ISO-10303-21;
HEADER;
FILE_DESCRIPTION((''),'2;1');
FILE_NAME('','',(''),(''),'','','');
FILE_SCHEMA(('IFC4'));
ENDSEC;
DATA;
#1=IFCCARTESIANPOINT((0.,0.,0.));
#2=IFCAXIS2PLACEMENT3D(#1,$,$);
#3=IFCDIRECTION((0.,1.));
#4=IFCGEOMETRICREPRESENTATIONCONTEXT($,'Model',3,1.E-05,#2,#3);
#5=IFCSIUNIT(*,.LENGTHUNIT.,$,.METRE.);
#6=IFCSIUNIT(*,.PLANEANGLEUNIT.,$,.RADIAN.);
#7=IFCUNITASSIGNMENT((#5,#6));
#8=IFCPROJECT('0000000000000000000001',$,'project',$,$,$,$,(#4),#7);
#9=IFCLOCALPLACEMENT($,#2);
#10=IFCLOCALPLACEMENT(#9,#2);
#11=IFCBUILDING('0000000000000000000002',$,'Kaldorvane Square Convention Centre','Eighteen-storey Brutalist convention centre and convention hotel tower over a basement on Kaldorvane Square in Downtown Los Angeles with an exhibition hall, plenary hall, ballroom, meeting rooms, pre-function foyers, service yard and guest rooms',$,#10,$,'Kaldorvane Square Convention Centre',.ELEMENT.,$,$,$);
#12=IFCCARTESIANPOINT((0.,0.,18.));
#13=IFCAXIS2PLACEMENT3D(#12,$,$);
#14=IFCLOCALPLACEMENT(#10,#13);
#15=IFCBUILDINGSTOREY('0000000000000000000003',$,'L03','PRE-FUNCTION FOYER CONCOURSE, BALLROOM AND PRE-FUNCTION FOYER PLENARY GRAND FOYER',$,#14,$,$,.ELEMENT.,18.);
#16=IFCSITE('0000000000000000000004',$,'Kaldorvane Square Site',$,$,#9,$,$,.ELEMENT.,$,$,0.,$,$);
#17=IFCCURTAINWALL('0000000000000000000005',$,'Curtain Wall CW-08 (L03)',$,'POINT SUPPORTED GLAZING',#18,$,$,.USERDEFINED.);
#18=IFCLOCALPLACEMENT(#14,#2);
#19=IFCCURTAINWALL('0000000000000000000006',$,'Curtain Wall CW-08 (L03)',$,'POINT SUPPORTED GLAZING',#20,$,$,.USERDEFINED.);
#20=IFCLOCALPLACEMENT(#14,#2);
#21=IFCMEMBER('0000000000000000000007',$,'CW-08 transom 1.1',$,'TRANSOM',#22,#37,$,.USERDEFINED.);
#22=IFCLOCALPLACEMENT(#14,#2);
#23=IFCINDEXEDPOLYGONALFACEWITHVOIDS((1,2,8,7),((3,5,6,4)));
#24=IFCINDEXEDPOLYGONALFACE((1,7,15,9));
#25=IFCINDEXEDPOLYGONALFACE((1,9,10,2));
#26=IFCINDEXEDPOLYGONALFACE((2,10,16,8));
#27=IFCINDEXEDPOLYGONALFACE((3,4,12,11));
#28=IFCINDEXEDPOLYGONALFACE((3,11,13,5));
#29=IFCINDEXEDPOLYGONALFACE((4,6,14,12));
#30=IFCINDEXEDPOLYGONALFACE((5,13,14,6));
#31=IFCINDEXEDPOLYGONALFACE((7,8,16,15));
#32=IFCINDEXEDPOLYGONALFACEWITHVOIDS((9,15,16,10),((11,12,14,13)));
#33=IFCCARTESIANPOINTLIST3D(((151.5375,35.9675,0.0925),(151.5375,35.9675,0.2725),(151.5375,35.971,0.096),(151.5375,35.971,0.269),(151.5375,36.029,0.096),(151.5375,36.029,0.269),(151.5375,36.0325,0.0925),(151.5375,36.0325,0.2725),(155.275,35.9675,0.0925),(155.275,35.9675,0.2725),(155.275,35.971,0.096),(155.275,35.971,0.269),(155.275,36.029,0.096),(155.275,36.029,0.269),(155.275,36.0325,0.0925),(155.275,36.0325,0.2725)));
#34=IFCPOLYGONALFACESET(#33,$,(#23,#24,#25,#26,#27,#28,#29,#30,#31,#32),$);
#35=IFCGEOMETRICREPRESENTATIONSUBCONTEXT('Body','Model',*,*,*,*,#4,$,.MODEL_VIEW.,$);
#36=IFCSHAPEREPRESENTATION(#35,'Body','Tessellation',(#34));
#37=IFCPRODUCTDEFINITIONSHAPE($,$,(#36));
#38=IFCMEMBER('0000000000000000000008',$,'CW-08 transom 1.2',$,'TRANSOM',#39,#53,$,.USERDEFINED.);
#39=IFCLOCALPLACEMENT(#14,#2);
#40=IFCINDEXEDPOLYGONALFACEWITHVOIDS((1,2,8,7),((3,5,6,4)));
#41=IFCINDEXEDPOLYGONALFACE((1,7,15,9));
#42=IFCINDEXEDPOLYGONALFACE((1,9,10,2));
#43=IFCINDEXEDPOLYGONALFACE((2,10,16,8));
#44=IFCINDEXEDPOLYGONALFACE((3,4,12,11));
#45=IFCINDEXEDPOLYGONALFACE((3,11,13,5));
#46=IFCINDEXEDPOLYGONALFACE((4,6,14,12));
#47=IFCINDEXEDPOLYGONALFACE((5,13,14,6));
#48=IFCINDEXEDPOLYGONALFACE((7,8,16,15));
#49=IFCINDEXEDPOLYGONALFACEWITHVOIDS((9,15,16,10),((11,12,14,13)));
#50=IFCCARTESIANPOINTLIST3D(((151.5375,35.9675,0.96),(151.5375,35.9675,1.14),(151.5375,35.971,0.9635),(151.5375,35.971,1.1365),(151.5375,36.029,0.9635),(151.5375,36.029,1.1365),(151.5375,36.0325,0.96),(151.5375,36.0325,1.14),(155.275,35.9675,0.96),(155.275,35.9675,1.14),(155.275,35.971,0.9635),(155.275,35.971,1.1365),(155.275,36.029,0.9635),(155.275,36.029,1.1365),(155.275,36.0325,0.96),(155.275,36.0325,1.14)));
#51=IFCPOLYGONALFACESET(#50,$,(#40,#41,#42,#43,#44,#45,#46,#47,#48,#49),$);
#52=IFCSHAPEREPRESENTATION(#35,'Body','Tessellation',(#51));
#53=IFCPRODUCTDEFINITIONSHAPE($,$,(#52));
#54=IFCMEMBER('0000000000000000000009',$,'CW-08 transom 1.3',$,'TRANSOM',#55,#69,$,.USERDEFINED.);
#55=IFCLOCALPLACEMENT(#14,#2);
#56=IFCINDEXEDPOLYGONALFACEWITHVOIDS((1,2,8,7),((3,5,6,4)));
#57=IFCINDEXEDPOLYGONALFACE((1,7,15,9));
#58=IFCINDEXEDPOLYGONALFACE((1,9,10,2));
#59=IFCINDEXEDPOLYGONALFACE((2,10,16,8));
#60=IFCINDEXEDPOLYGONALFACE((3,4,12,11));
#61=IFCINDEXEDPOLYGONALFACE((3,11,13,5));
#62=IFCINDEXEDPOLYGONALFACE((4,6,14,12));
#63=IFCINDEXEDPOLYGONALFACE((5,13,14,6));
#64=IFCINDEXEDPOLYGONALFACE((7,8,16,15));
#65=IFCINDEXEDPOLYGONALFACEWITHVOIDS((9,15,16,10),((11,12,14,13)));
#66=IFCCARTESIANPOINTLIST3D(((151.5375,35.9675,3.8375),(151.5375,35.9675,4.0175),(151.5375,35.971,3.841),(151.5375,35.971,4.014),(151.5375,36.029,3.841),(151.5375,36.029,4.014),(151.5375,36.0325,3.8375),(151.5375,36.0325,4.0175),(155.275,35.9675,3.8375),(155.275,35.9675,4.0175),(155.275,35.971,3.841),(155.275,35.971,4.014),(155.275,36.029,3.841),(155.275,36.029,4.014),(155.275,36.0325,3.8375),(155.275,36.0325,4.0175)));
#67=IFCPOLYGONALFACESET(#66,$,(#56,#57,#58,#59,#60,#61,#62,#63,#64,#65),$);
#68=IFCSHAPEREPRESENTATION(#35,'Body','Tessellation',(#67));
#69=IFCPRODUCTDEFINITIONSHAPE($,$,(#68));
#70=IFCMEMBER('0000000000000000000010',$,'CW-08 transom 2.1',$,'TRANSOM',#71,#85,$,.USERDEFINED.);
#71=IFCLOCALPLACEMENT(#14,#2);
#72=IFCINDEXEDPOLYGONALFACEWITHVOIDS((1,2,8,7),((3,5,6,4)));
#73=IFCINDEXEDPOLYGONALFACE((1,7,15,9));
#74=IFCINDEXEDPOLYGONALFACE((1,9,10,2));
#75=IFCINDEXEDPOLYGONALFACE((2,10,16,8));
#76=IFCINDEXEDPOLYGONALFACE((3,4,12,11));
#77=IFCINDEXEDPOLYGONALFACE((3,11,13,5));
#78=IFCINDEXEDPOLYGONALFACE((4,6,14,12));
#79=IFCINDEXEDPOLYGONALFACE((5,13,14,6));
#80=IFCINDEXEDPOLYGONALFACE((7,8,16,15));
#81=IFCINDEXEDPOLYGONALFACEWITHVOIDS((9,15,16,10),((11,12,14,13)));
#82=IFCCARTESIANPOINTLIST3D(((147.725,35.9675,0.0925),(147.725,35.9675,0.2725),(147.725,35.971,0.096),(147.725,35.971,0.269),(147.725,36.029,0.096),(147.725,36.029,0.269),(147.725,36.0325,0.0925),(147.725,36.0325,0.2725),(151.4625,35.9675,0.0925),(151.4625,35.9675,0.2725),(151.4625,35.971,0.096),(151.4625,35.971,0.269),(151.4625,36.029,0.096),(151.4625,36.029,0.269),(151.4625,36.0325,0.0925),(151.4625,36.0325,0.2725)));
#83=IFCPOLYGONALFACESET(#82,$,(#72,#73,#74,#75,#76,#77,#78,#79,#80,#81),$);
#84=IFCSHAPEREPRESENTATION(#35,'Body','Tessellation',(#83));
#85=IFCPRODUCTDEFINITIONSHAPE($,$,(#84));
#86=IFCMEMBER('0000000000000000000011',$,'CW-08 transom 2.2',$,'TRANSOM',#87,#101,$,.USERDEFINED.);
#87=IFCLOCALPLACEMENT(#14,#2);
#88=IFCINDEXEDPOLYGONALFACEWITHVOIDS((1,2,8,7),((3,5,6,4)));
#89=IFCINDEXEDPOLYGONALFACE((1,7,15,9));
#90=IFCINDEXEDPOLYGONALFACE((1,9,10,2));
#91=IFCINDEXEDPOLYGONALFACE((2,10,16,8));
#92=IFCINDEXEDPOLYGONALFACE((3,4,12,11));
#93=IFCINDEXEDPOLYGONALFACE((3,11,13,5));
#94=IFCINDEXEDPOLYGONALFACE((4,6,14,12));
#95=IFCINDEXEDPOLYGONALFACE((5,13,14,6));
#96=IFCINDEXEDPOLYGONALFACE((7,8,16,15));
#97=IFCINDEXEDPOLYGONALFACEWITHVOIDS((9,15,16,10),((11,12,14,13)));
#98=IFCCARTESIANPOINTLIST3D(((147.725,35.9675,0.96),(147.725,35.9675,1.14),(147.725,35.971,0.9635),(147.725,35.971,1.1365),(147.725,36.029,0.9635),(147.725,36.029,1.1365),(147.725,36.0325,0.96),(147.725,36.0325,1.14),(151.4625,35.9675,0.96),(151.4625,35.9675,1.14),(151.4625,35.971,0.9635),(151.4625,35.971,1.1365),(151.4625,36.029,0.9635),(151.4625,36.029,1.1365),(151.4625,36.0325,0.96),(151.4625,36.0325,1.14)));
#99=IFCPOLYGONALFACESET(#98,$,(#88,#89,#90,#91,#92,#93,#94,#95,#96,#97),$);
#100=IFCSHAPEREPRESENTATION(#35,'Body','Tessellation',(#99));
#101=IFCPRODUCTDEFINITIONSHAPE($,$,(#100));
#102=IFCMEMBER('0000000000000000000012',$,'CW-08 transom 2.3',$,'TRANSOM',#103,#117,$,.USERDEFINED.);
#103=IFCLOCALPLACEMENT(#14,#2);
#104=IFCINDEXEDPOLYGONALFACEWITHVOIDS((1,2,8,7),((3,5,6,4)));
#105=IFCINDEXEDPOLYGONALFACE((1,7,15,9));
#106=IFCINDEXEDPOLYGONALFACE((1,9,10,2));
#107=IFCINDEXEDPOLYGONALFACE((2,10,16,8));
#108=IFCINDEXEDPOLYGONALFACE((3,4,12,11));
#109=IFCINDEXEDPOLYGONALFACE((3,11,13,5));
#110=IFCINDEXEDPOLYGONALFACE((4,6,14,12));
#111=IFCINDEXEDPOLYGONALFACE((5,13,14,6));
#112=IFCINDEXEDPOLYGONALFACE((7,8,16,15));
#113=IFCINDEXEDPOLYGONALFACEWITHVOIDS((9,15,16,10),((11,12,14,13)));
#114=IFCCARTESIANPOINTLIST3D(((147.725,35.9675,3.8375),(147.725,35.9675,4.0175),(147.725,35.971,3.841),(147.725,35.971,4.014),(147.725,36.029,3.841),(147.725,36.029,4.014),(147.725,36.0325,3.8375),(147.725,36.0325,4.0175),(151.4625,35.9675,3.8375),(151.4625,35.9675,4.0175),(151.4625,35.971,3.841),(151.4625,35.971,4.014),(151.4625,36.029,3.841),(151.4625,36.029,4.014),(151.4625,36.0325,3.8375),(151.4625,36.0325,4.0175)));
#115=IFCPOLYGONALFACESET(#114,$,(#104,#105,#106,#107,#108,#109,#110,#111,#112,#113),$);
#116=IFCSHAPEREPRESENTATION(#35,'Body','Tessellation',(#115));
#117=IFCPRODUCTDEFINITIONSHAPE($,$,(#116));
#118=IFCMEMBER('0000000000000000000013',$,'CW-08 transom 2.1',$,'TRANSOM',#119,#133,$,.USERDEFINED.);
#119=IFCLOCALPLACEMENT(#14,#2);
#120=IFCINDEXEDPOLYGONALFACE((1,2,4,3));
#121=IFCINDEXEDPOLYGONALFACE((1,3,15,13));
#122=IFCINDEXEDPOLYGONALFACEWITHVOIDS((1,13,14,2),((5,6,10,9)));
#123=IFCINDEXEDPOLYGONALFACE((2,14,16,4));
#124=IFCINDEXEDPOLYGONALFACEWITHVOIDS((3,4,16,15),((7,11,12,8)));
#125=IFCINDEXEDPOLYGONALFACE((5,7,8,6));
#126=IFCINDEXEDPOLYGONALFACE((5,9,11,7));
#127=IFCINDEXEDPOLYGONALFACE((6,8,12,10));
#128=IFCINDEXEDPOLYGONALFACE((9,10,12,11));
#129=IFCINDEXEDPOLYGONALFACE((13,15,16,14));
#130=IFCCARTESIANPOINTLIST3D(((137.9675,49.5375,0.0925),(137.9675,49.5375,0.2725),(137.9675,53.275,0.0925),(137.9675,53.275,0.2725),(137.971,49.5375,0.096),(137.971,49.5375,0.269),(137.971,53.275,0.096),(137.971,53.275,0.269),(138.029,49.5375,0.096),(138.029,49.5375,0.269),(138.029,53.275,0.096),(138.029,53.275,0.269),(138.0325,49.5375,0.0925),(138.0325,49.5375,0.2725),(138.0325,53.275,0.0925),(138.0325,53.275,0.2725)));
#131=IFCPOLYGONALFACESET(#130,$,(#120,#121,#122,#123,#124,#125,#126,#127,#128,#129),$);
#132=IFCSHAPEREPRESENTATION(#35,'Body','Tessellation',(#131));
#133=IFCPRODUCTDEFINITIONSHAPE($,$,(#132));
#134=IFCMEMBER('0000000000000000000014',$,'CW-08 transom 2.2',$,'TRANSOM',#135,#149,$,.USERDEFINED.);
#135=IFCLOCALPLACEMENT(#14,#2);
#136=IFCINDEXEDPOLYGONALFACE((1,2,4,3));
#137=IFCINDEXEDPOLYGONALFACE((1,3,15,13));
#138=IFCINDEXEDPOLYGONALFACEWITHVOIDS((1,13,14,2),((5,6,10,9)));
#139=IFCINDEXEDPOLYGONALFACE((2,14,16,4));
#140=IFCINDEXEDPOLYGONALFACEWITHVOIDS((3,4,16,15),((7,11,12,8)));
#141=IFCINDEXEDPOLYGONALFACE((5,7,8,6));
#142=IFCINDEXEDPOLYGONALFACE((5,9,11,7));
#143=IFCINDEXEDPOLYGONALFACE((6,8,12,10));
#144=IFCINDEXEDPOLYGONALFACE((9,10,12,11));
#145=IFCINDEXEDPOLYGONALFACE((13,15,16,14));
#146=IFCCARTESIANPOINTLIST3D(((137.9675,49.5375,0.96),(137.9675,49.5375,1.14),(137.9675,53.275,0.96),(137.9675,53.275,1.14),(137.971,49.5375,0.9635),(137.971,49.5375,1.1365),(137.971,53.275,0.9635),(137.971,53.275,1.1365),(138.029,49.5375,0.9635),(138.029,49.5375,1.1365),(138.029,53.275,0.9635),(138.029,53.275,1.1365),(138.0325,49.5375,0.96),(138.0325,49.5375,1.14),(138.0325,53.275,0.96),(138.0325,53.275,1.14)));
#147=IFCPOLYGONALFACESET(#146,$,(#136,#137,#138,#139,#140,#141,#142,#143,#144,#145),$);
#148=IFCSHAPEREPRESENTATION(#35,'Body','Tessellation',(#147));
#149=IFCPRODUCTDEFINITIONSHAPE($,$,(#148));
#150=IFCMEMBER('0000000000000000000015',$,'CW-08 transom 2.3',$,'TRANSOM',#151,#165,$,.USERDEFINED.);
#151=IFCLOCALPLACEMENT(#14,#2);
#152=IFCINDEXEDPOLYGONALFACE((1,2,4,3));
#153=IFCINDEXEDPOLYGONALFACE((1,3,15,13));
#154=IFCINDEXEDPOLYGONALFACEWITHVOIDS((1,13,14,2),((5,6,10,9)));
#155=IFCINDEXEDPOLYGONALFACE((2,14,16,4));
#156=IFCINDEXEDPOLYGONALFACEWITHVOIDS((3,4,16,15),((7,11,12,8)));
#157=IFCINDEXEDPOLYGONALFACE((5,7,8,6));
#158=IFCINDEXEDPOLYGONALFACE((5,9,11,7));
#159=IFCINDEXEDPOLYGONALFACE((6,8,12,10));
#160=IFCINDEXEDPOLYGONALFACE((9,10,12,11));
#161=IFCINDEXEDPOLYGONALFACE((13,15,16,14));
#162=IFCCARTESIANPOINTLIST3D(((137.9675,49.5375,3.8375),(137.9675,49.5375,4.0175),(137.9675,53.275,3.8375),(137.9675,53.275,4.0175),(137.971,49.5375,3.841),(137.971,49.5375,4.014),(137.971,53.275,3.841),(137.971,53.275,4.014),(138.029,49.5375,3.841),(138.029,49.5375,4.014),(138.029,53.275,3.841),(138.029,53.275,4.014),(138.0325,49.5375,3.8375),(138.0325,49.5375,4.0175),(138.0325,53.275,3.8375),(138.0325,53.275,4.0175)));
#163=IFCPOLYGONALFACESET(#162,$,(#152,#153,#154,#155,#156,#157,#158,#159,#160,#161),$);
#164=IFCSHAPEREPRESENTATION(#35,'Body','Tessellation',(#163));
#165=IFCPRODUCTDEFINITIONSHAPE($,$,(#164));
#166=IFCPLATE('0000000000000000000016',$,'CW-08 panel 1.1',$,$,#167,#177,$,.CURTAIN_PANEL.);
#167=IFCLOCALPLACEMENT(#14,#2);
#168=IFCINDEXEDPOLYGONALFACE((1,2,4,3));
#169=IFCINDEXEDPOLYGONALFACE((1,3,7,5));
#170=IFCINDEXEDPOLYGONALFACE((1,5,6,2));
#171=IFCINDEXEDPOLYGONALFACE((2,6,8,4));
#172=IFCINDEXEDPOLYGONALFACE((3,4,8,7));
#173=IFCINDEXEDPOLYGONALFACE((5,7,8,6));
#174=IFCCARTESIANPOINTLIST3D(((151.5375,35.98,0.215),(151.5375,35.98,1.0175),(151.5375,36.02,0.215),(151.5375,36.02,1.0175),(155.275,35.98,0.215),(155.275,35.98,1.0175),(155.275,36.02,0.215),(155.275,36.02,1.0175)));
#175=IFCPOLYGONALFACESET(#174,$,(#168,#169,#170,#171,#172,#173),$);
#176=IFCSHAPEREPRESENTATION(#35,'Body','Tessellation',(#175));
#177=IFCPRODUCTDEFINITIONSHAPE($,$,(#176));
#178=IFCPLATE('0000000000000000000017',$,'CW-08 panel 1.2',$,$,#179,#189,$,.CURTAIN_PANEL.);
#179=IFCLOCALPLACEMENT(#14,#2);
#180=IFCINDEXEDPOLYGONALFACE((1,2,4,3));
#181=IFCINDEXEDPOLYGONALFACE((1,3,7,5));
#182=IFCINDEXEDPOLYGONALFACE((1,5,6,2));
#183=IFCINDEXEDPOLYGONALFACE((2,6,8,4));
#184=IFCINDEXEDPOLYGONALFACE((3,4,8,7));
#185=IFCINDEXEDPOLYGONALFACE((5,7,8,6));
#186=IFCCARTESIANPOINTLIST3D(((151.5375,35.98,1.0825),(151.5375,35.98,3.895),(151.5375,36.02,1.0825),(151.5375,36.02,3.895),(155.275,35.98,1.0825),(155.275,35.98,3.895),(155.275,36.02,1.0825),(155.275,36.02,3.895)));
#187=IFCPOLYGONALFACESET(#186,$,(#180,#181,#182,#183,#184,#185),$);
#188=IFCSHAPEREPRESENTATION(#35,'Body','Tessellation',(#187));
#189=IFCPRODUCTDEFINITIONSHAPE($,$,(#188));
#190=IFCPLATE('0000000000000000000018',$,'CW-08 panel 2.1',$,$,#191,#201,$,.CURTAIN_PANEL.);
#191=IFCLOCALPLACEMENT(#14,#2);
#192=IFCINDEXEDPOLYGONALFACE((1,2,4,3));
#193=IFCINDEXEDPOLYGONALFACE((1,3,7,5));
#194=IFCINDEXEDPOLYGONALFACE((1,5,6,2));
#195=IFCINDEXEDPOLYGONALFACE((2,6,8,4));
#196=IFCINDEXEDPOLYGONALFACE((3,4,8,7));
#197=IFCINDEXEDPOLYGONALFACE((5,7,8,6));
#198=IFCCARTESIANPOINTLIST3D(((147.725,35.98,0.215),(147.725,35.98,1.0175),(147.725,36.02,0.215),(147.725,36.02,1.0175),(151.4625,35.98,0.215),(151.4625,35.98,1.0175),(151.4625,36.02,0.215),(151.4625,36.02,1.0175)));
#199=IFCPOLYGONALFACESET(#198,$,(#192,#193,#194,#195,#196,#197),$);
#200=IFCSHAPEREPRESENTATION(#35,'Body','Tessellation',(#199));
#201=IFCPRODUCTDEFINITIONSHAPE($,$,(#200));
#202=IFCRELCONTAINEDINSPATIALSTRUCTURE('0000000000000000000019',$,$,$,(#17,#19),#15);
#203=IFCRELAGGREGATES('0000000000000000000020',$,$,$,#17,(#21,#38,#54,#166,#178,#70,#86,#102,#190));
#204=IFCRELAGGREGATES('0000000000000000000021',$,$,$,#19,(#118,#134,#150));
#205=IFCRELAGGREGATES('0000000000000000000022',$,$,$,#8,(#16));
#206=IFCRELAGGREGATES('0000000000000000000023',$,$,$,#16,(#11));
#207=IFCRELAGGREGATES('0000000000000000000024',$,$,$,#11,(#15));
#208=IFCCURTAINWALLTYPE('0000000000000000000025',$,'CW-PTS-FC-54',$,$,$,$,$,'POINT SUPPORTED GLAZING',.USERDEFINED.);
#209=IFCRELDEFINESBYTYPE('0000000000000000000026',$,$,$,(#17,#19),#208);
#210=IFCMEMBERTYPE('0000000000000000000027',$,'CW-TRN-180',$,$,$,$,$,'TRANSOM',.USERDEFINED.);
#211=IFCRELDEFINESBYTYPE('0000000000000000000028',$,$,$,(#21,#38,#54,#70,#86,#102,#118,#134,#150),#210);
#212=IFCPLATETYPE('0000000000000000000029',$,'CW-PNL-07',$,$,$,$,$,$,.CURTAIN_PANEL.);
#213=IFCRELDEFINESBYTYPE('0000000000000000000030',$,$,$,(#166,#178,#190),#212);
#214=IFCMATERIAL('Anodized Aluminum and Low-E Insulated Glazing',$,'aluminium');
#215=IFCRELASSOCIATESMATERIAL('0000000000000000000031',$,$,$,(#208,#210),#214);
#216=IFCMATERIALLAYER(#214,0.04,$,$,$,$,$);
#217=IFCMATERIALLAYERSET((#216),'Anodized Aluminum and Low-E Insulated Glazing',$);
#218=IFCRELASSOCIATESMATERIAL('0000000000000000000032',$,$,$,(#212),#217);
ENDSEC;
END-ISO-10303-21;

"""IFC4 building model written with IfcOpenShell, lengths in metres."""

from ifc_helpers import new_model, si_unit, direction, frame, origin, origin_2d, place, context, subcontext, project, spatial, rectangle, hollow_rectangle, extrude, material, layer, layer_set, material_profile, profile_set, type_object, element, aggregate, save


model = new_model("IFC4")

# Units and contexts
model_context = context("Model", 3, precision=1e-05, world=origin(), true_north=direction((0.0, 1.0)))
body_context = subcontext(model_context, "Body", "Model", "MODEL_VIEW")
ifc_project = project(units=[si_unit("LENGTHUNIT", "METRE"), si_unit("PLANEANGLEUNIT", "RADIAN")], contexts=[model_context])

# Site, building, storey
site_placement = place(None, origin())
site = spatial("IfcSite", under=ifc_project, at=site_placement, Name="Kaldorvane Square Site", CompositionType="ELEMENT", RefElevation=0.0)
building_placement = place(site_placement, origin())
building = spatial("IfcBuilding", under=site, at=building_placement, Name="Kaldorvane Square Convention Centre", Description="Eighteen-storey Brutalist convention centre and convention hotel tower over a basement on Kaldorvane Square in Downtown Los Angeles with an exhibition hall, plenary hall, ballroom, meeting rooms, pre-function foyers, service yard and guest rooms", LongName="Kaldorvane Square Convention Centre", CompositionType="ELEMENT")
storey_placement = place(building_placement, frame((0.0, 0.0, 18.0)))
storey = spatial("IfcBuildingStorey", under=building, at=storey_placement, Name="L03", Description="PRE-FUNCTION FOYER CONCOURSE, BALLROOM AND PRE-FUNCTION FOYER PLENARY GRAND FOYER", CompositionType="ELEMENT", Elevation=18.0)

# Curtain wall
ifc_material_1 = material(Name="Anodized Aluminum and Low-E Insulated Glazing", Category="aluminium")
curtain_wall_type = type_object("IfcCurtainWallType", Name="CW-PTS-FC-54", ElementType="POINT SUPPORTED GLAZING", PredefinedType="USERDEFINED", material=ifc_material_1)
curtain_wall_1_placement = place(storey_placement, origin())
curtain_wall_1 = element("IfcCurtainWall", 1, at=curtain_wall_1_placement, inside=storey, type_object=curtain_wall_type, Name="Curtain Wall CW-08 (L03)", ObjectType="POINT SUPPORTED GLAZING", PredefinedType="USERDEFINED")

# Curtain wall
curtain_wall_2_placement = place(storey_placement, origin())
curtain_wall_2 = element("IfcCurtainWall", 2, at=curtain_wall_2_placement, inside=storey, type_object=curtain_wall_type, Name="Curtain Wall CW-08 (L03)", ObjectType="POINT SUPPORTED GLAZING", PredefinedType="USERDEFINED")

# Members
ifc_material_profile_1 = material_profile(ifc_material_1, hollow_rectangle(XDim=0.065, YDim=0.18, WallThickness=0.0035, at=origin_2d()), Name="CWT-180X65")
ifc_profile_set_1 = profile_set([ifc_material_profile_1], Name="Anodized Aluminum and Low-E Insulated Glazing")
member_type_1 = type_object("IfcMemberType", Name="CW-TRN-180", ElementType="TRANSOM", PredefinedType="USERDEFINED", material=ifc_profile_set_1)
member_1_placement = place(storey_placement, frame((155.275, 36.0, 0.1825), z_axis=(-1.0, 0.0, 0.0), x_axis=(0.0, -1.0, 0.0)))
member_1 = element("IfcMember", 3, at=member_1_placement, type_object=member_type_1, Name="CW-08 transom 1.1", ObjectType="TRANSOM", PredefinedType="USERDEFINED", context=body_context, shape_type="SweptSolid", body=[
    extrude(hollow_rectangle(XDim=0.065, YDim=0.18, WallThickness=0.0035, at=origin_2d()), origin(), (0.0, 0.0, 1.0), 3.7375),
])
member_2_placement = place(storey_placement, frame((155.275, 36.0, 1.05), z_axis=(-1.0, 0.0, 0.0), x_axis=(0.0, -1.0, 0.0)))
member_2 = element("IfcMember", 4, at=member_2_placement, type_object=member_type_1, Name="CW-08 transom 1.2", ObjectType="TRANSOM", PredefinedType="USERDEFINED", context=body_context, shape_type="SweptSolid", body=[
    extrude(hollow_rectangle(XDim=0.065, YDim=0.18, WallThickness=0.0035, at=origin_2d()), origin(), (0.0, 0.0, 1.0), 3.7375),
])
member_3_placement = place(storey_placement, frame((155.275, 36.0, 3.9275), z_axis=(-1.0, 0.0, 0.0), x_axis=(0.0, -1.0, 0.0)))
member_3 = element("IfcMember", 5, at=member_3_placement, type_object=member_type_1, Name="CW-08 transom 1.3", ObjectType="TRANSOM", PredefinedType="USERDEFINED", context=body_context, shape_type="SweptSolid", body=[
    extrude(hollow_rectangle(XDim=0.065, YDim=0.18, WallThickness=0.0035, at=origin_2d()), origin(), (0.0, 0.0, 1.0), 3.7375),
])
member_4_placement = place(storey_placement, frame((151.4625, 36.0, 0.1825), z_axis=(-1.0, 0.0, 0.0), x_axis=(0.0, -1.0, 0.0)))
member_4 = element("IfcMember", 6, at=member_4_placement, type_object=member_type_1, Name="CW-08 transom 2.1", ObjectType="TRANSOM", PredefinedType="USERDEFINED", context=body_context, shape_type="SweptSolid", body=[
    extrude(hollow_rectangle(XDim=0.065, YDim=0.18, WallThickness=0.0035, at=origin_2d()), origin(), (0.0, 0.0, 1.0), 3.7375),
])
member_5_placement = place(storey_placement, frame((151.4625, 36.0, 1.05), z_axis=(-1.0, 0.0, 0.0), x_axis=(0.0, -1.0, 0.0)))
member_5 = element("IfcMember", 7, at=member_5_placement, type_object=member_type_1, Name="CW-08 transom 2.2", ObjectType="TRANSOM", PredefinedType="USERDEFINED", context=body_context, shape_type="SweptSolid", body=[
    extrude(hollow_rectangle(XDim=0.065, YDim=0.18, WallThickness=0.0035, at=origin_2d()), origin(), (0.0, 0.0, 1.0), 3.7375),
])
member_6_placement = place(storey_placement, frame((151.4625, 36.0, 3.9275), z_axis=(-1.0, 0.0, 0.0), x_axis=(0.0, -1.0, 0.0)))
member_6 = element("IfcMember", 8, at=member_6_placement, type_object=member_type_1, Name="CW-08 transom 2.3", ObjectType="TRANSOM", PredefinedType="USERDEFINED", context=body_context, shape_type="SweptSolid", body=[
    extrude(hollow_rectangle(XDim=0.065, YDim=0.18, WallThickness=0.0035, at=origin_2d()), origin(), (0.0, 0.0, 1.0), 3.7375),
])
member_7_placement = place(storey_placement, frame((138.0, 49.5375, 0.1825), z_axis=(0.0, 1.0, 0.0), x_axis=(-1.0, 0.0, 0.0)))
member_7 = element("IfcMember", 9, at=member_7_placement, type_object=member_type_1, Name="CW-08 transom 2.1", ObjectType="TRANSOM", PredefinedType="USERDEFINED", context=body_context, shape_type="SweptSolid", body=[
    extrude(hollow_rectangle(XDim=0.065, YDim=0.18, WallThickness=0.0035, at=origin_2d()), origin(), (0.0, 0.0, 1.0), 3.7375),
])
member_8_placement = place(storey_placement, frame((138.0, 49.5375, 1.05), z_axis=(0.0, 1.0, 0.0), x_axis=(-1.0, 0.0, 0.0)))
member_8 = element("IfcMember", 10, at=member_8_placement, type_object=member_type_1, Name="CW-08 transom 2.2", ObjectType="TRANSOM", PredefinedType="USERDEFINED", context=body_context, shape_type="SweptSolid", body=[
    extrude(hollow_rectangle(XDim=0.065, YDim=0.18, WallThickness=0.0035, at=origin_2d()), origin(), (0.0, 0.0, 1.0), 3.7375),
])
member_9_placement = place(storey_placement, frame((138.0, 49.5375, 3.9275), z_axis=(0.0, 1.0, 0.0), x_axis=(-1.0, 0.0, 0.0)))
member_9 = element("IfcMember", 11, at=member_9_placement, type_object=member_type_1, Name="CW-08 transom 2.3", ObjectType="TRANSOM", PredefinedType="USERDEFINED", context=body_context, shape_type="SweptSolid", body=[
    extrude(hollow_rectangle(XDim=0.065, YDim=0.18, WallThickness=0.0035, at=origin_2d()), origin(), (0.0, 0.0, 1.0), 3.7375),
])

# Plates
ifc_layer_1 = layer(ifc_material_1, 0.04)
ifc_layer_set_1 = layer_set([ifc_layer_1], Name="Anodized Aluminum and Low-E Insulated Glazing")
plate_type = type_object("IfcPlateType", Name="CW-PNL-07", PredefinedType="CURTAIN_PANEL", material=ifc_layer_set_1)
plate_1_placement = place(storey_placement, frame((153.4062, 36.0, 0.215), z_axis=(0.0, 0.0, 1.0), x_axis=(-1.0, 0.0, 0.0)))
plate_1 = element("IfcPlate", 12, at=plate_1_placement, type_object=plate_type, Name="CW-08 panel 1.1", PredefinedType="CURTAIN_PANEL", context=body_context, shape_type="SweptSolid", body=[
    extrude(rectangle(XDim=3.7375, YDim=0.04, at=origin_2d()), origin(), (0.0, 0.0, 1.0), 0.8025),
])
plate_2_placement = place(storey_placement, frame((153.4062, 36.0, 1.0825), z_axis=(0.0, 0.0, 1.0), x_axis=(-1.0, 0.0, 0.0)))
plate_2 = element("IfcPlate", 13, at=plate_2_placement, type_object=plate_type, Name="CW-08 panel 1.2", PredefinedType="CURTAIN_PANEL", context=body_context, shape_type="SweptSolid", body=[
    extrude(rectangle(XDim=3.7375, YDim=0.04, at=origin_2d()), origin(), (0.0, 0.0, 1.0), 2.8125),
])
plate_3_placement = place(storey_placement, frame((149.5938, 36.0, 0.215), z_axis=(0.0, 0.0, 1.0), x_axis=(-1.0, 0.0, 0.0)))
plate_3 = element("IfcPlate", 14, at=plate_3_placement, type_object=plate_type, Name="CW-08 panel 2.1", PredefinedType="CURTAIN_PANEL", context=body_context, shape_type="SweptSolid", body=[
    extrude(rectangle(XDim=3.7375, YDim=0.04, at=origin_2d()), origin(), (0.0, 0.0, 1.0), 0.8025),
])
aggregate(curtain_wall_1, [member_1, member_2, member_3, plate_1, plate_2, member_4, member_5, member_6, plate_3])
aggregate(curtain_wall_2, [member_7, member_8, member_9])

save(model, "model.ifc")
